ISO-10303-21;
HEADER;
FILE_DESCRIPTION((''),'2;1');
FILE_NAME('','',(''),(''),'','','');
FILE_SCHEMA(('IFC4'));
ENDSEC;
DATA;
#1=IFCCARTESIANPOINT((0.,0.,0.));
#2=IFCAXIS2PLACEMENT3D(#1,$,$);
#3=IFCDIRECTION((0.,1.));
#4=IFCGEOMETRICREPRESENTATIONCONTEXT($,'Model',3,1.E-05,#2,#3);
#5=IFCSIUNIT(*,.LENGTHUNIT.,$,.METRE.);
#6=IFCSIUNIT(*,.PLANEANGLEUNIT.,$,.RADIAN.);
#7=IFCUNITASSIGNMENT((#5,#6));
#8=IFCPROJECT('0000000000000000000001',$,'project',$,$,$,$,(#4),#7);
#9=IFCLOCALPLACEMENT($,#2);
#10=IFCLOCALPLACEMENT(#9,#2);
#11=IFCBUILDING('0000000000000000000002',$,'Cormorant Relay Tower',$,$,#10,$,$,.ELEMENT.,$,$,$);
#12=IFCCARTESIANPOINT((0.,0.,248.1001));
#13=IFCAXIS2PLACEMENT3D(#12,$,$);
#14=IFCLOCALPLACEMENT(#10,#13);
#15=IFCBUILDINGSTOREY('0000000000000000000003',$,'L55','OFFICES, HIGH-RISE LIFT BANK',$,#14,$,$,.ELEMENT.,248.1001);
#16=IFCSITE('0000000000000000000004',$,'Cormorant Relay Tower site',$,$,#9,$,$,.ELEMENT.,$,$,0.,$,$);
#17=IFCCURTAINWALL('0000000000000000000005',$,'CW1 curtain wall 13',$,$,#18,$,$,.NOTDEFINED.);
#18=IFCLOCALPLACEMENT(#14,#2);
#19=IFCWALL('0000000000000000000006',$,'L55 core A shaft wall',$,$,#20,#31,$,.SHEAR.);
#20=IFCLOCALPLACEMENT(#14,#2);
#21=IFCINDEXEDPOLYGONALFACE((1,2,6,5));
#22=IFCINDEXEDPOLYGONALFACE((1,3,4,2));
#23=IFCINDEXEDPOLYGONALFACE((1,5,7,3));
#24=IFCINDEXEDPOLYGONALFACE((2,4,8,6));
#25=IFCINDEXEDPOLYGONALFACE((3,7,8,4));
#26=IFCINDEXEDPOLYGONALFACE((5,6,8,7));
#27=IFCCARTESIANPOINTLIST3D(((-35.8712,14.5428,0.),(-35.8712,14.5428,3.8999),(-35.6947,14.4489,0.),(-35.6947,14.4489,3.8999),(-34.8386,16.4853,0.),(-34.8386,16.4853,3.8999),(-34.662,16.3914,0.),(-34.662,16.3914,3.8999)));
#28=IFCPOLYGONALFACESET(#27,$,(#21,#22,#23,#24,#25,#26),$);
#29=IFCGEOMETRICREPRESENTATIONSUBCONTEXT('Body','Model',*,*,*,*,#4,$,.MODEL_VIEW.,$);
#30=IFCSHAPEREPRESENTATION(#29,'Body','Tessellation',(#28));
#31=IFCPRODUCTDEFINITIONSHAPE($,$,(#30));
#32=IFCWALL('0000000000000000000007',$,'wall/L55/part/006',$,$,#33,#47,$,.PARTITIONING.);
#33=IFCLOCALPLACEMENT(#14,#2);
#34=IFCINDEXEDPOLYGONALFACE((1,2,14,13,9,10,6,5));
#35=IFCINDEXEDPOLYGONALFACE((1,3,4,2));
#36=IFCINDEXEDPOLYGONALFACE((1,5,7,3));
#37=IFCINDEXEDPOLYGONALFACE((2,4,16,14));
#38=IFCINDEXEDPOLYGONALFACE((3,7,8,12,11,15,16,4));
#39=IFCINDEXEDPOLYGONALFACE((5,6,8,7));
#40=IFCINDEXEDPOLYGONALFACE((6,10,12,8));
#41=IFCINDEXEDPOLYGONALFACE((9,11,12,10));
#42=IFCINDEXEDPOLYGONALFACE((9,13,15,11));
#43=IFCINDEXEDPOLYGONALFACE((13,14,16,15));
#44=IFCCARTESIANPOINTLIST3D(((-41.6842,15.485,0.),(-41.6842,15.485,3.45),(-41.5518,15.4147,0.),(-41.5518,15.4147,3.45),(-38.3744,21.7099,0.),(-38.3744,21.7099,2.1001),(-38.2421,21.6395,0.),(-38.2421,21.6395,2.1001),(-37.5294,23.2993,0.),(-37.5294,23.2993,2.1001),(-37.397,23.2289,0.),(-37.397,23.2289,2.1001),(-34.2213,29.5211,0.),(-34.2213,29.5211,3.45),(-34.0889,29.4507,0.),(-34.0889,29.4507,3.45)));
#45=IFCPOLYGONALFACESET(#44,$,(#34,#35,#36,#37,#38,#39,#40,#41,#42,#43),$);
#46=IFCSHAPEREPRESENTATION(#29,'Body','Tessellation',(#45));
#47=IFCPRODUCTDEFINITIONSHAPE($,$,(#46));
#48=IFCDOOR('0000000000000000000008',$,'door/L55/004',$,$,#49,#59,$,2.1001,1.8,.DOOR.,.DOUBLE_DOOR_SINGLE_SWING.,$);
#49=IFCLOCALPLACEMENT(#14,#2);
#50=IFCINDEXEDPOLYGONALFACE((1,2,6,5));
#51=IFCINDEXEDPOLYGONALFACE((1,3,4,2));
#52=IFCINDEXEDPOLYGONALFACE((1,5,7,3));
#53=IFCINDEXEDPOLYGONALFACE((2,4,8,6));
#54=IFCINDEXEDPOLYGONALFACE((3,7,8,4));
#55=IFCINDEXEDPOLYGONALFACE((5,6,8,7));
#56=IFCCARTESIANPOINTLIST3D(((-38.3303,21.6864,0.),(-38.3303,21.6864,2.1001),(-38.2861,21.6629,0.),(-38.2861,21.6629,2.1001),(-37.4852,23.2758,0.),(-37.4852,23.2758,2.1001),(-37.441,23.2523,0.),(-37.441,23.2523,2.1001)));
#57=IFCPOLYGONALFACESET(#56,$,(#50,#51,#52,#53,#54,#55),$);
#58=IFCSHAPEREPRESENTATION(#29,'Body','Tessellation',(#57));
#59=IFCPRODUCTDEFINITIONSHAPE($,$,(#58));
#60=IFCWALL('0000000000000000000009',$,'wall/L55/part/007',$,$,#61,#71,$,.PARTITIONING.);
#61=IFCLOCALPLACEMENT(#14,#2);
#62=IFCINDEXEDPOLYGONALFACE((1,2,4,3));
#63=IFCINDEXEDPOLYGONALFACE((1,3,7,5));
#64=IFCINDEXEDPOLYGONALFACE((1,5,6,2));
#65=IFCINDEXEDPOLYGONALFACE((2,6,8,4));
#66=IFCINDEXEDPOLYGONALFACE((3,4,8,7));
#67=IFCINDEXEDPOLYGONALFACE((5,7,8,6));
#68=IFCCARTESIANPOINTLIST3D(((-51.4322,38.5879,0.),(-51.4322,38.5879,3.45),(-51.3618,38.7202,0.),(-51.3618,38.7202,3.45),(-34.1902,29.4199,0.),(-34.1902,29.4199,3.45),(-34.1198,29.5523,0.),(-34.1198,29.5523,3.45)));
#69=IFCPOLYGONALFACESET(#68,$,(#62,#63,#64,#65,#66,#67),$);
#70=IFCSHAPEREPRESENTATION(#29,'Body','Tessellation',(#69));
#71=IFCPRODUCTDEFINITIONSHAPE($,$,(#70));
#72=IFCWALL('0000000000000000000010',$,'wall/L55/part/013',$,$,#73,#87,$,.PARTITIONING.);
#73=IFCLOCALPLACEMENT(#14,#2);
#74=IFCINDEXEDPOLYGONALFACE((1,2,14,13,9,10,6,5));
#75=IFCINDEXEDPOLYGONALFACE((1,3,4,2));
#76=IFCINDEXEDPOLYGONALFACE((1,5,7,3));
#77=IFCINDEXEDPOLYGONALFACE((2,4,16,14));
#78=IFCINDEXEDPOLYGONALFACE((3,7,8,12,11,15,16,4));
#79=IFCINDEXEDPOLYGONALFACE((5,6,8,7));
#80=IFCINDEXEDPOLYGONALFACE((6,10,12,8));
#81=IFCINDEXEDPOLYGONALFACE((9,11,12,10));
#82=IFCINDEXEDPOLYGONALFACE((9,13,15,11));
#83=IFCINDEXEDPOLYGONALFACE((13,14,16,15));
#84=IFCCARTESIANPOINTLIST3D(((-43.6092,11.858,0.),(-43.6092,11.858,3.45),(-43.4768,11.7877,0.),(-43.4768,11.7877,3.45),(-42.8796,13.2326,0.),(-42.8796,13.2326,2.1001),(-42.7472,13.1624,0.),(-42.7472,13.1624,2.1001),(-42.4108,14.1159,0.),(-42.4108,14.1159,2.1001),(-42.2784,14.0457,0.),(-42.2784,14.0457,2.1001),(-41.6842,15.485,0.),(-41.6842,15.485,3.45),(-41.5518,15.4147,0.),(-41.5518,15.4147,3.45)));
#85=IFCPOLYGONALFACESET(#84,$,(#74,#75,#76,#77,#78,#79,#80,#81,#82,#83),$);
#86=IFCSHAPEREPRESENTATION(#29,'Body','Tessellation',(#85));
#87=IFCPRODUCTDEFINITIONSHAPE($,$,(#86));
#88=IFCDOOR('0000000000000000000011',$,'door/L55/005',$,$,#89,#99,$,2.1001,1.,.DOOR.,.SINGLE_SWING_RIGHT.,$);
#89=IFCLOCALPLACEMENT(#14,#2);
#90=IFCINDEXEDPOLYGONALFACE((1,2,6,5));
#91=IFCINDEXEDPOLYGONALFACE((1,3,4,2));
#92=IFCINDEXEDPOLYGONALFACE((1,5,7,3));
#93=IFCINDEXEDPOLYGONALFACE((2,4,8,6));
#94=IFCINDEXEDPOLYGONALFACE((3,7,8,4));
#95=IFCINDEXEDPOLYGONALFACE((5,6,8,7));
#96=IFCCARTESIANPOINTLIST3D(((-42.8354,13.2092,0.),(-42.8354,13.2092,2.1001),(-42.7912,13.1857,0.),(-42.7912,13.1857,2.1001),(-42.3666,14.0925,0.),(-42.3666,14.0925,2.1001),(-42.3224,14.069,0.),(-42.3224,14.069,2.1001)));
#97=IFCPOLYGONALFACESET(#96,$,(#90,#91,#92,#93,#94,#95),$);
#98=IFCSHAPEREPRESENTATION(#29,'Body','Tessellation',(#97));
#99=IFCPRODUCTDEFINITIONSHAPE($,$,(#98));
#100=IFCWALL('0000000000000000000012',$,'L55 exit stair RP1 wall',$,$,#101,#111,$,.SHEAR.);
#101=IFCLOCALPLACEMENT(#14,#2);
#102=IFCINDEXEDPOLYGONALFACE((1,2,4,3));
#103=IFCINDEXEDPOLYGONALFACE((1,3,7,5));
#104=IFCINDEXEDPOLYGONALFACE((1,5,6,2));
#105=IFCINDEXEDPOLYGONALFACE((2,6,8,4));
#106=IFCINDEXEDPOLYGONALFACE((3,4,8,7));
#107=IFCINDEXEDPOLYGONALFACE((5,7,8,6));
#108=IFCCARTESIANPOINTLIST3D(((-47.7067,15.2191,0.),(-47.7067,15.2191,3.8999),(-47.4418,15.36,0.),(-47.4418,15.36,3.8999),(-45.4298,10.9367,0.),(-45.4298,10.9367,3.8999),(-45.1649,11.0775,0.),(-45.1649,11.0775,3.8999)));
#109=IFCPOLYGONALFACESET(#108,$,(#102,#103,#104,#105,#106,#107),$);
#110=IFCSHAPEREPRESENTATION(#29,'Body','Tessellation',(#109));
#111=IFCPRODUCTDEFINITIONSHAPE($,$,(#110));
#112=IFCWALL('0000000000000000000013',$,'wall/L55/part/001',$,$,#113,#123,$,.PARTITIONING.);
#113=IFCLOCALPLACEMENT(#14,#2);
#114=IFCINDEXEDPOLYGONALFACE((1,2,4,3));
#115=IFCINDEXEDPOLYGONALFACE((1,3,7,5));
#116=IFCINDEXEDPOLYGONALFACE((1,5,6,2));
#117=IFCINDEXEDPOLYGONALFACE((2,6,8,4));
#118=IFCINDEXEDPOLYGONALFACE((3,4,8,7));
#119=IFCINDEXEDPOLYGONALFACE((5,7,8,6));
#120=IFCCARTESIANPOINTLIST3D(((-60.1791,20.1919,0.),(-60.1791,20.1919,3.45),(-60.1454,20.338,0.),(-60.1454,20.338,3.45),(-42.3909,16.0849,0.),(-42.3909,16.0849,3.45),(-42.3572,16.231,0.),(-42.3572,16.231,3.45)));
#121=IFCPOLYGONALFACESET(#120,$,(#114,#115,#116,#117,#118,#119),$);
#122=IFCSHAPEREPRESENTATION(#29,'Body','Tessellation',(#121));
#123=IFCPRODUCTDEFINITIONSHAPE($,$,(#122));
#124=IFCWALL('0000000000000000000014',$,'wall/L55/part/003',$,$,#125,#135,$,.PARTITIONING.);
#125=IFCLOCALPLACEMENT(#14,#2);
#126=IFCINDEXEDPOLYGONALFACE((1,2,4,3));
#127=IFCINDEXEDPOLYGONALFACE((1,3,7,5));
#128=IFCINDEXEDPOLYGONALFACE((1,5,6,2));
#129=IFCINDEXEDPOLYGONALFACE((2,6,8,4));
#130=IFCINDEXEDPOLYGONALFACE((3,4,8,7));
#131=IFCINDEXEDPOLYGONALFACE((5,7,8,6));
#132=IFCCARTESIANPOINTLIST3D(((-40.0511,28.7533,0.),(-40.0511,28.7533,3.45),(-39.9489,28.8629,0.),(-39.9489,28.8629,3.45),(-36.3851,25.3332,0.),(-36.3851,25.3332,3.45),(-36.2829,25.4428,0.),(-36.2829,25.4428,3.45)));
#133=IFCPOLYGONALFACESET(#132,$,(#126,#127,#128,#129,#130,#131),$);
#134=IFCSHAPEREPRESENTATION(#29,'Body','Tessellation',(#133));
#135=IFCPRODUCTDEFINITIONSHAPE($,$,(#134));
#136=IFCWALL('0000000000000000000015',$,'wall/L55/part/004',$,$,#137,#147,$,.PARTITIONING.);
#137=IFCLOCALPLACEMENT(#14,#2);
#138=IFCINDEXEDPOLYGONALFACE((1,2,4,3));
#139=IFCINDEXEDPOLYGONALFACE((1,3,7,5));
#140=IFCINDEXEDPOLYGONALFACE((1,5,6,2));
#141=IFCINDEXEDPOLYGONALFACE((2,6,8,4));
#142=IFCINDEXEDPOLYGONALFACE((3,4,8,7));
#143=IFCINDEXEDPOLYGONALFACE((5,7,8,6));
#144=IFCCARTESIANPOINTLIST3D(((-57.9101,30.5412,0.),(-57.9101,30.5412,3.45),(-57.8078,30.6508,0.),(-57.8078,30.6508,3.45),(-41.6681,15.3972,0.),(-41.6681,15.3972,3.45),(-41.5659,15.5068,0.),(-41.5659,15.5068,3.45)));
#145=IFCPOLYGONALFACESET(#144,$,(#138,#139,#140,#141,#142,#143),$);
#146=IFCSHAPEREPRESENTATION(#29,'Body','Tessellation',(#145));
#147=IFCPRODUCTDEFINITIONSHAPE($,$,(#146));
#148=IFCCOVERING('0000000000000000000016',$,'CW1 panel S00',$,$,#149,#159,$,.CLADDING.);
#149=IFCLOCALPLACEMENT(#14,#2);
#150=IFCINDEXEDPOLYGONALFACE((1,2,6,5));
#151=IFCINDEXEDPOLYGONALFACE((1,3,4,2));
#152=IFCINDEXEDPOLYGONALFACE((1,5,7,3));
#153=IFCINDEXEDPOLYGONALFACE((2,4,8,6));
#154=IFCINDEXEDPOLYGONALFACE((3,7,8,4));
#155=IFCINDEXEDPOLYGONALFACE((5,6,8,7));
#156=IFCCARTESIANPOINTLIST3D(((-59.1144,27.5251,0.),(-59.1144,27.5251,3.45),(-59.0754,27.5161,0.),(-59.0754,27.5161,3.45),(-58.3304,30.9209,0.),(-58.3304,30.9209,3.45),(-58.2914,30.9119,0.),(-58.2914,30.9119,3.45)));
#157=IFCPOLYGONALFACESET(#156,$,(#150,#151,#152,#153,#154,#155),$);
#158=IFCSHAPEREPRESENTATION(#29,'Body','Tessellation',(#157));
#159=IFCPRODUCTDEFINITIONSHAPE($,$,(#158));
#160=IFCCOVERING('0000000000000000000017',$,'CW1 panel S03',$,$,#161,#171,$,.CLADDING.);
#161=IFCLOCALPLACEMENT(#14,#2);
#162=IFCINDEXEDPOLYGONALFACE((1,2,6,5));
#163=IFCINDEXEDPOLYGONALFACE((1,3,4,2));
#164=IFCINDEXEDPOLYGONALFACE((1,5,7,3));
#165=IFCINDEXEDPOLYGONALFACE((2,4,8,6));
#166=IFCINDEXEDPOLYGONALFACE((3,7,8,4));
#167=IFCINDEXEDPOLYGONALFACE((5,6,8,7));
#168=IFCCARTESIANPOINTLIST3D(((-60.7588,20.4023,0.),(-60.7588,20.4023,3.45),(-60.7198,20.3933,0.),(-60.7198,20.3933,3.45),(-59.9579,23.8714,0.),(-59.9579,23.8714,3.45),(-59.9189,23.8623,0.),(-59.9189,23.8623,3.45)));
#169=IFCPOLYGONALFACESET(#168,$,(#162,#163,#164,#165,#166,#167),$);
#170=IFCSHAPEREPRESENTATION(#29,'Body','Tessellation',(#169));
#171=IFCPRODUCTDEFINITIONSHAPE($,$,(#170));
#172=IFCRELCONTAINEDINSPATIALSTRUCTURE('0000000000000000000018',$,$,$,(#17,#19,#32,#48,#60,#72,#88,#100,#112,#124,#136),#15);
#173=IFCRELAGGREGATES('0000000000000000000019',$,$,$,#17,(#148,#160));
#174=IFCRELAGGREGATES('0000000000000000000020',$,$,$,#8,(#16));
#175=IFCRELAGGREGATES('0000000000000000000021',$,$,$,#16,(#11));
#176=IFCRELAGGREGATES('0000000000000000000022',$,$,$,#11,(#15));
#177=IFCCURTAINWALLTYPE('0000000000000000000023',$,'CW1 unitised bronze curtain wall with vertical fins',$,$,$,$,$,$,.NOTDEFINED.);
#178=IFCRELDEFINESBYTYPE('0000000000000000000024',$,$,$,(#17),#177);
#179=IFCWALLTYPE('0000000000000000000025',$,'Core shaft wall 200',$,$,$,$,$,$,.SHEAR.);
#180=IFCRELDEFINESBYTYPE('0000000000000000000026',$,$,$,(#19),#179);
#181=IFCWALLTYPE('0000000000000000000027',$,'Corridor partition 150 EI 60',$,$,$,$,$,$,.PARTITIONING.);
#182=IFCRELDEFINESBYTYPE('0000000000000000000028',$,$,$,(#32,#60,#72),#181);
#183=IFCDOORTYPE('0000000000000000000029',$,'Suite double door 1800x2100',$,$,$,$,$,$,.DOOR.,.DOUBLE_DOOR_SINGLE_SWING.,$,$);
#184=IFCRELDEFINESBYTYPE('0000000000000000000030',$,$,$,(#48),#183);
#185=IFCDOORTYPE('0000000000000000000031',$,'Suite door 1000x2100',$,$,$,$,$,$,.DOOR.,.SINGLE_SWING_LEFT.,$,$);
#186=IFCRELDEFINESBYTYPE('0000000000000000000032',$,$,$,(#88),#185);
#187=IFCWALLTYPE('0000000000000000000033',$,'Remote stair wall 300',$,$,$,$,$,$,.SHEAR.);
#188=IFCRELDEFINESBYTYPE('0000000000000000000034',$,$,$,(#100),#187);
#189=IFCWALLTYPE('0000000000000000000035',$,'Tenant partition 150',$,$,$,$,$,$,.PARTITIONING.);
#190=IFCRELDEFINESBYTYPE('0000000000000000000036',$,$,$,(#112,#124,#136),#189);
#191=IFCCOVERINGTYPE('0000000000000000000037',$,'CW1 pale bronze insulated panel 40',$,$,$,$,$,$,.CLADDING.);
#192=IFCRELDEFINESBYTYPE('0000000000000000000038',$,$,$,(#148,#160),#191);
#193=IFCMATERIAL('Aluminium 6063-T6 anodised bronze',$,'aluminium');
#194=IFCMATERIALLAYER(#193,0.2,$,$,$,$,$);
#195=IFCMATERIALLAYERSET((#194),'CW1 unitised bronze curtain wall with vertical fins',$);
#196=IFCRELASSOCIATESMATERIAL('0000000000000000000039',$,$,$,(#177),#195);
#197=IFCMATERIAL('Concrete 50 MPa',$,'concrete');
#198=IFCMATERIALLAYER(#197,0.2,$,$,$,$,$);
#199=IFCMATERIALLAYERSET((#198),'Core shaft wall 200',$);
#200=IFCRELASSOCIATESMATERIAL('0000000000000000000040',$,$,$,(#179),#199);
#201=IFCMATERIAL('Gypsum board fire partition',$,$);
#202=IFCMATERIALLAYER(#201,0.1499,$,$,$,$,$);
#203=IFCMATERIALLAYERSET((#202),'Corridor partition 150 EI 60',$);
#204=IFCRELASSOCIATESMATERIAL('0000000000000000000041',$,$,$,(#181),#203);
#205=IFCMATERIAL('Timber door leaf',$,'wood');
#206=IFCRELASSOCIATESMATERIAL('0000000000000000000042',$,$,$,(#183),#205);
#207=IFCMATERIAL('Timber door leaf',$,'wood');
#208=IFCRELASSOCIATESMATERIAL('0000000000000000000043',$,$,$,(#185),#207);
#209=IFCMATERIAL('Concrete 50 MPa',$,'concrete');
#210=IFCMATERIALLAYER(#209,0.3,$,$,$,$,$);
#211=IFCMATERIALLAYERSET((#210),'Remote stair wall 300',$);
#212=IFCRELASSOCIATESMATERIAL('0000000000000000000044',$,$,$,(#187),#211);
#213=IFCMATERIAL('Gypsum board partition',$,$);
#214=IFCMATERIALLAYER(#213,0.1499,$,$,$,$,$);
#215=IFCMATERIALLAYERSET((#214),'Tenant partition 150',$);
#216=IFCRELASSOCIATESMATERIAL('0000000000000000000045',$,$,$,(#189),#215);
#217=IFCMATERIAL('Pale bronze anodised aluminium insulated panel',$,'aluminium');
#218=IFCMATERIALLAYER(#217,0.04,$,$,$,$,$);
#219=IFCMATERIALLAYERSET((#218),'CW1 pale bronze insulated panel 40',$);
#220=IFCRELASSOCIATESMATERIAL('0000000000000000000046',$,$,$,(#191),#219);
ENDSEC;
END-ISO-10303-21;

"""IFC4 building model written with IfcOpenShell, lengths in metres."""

from ifc_helpers import new_model, si_unit, direction, frame, frame_2d, origin, origin_2d, place, context, subcontext, project, spatial, rectangle, extrude, material, layer, layer_set, type_object, element, fill, aggregate, save


model = new_model("IFC4")

# Units and contexts
model_context = context("Model", 3, precision=1e-05, world=origin(), true_north=direction((0.0, 1.0)))
body_context = subcontext(model_context, "Body", "Model", "MODEL_VIEW")
ifc_project = project(units=[si_unit("LENGTHUNIT", "METRE"), si_unit("PLANEANGLEUNIT", "RADIAN")], contexts=[model_context])

# Site, building, storey
site_placement = place(None, origin())
site = spatial("IfcSite", under=ifc_project, at=site_placement, Name="Cormorant Relay Tower site", CompositionType="ELEMENT", RefElevation=0.0)
building_placement = place(site_placement, origin())
building = spatial("IfcBuilding", under=site, at=building_placement, Name="Cormorant Relay Tower", CompositionType="ELEMENT")
storey_placement = place(building_placement, frame((0.0, 0.0, 248.1001)))
storey = spatial("IfcBuildingStorey", under=building, at=storey_placement, Name="L55", Description="OFFICES, HIGH-RISE LIFT BANK", CompositionType="ELEMENT", Elevation=248.1001)

# Curtain wall
ifc_material_1 = material(Name="Aluminium 6063-T6 anodised bronze", Category="aluminium")
ifc_layer_1 = layer(ifc_material_1, 0.2)
ifc_layer_set_1 = layer_set([ifc_layer_1], Name="CW1 unitised bronze curtain wall with vertical fins")
curtain_wall_type = type_object("IfcCurtainWallType", Name="CW1 unitised bronze curtain wall with vertical fins", PredefinedType="NOTDEFINED", material=ifc_layer_set_1)
curtain_wall_1_placement = place(storey_placement, origin())
curtain_wall_1 = element("IfcCurtainWall", 1, at=curtain_wall_1_placement, inside=storey, type_object=curtain_wall_type, Name="CW1 curtain wall 13", PredefinedType="NOTDEFINED")

# Wall
ifc_material_2 = material(Name="Concrete 50 MPa", Category="concrete")
ifc_layer_2 = layer(ifc_material_2, 0.2)
ifc_layer_set_2 = layer_set([ifc_layer_2], Name="Core shaft wall 200")
wall_type_1 = type_object("IfcWallType", Name="Core shaft wall 200", PredefinedType="SHEAR", material=ifc_layer_set_2)
wall_1_placement = place(storey_placement, frame((-34.7502, 16.4385, 0.0), z_axis=(0.0, 0.0, 1.0), x_axis=(-0.469401, -0.882985, 0.0)))
element("IfcWall", 2, at=wall_1_placement, inside=storey, type_object=wall_type_1, Name="L55 core A shaft wall", PredefinedType="SHEAR", context=body_context, shape_type="SweptSolid", body=[
    extrude(rectangle(XDim=2.2, YDim=0.2, at=frame_2d((1.1001, 0.0))), origin(), (0.0, 0.0, 1.0), 3.8999),
])

# Wall, opening, door
ifc_material_3 = material(Name="Gypsum board fire partition")
ifc_layer_3 = layer(ifc_material_3, 0.1499)
ifc_layer_set_3 = layer_set([ifc_layer_3], Name="Corridor partition 150 EI 60")
wall_type_2 = type_object("IfcWallType", Name="Corridor partition 150 EI 60", PredefinedType="PARTITIONING", material=ifc_layer_set_3)
wall_2_placement = place(storey_placement, frame((-41.6179, 15.45, 0.0), z_axis=(0.0, 0.0, 1.0), x_axis=(0.469459, 0.882954, 0.0)))
wall_2 = element("IfcWall", 3, at=wall_2_placement, inside=storey, type_object=wall_type_2, Name="wall/L55/part/006", PredefinedType="PARTITIONING", context=body_context, shape_type="SweptSolid", body=[
    extrude(rectangle(XDim=15.8967, YDim=0.1499, at=frame_2d((7.9482, 0.0))), origin(), (0.0, 0.0, 1.0), 3.45),
])
opening_1_placement = place(wall_2_placement, frame((7.05, 0.0, 0.0)))
opening_1 = element("IfcOpeningElement", 4, at=opening_1_placement, cuts=wall_2, PredefinedType="OPENING", context=body_context, shape_type="SweptSolid", body=[
    extrude(rectangle(XDim=1.8, YDim=2.1001, at=frame_2d((0.8999, 1.05))), frame((0.0, 0.085, 0.0), z_axis=(0.0, -1.0, 0.0), x_axis=(1.0, 0.0, 0.0)), (0.0, 0.0, 1.0), 0.1699),
])
ifc_material_4 = material(Name="Timber door leaf", Category="wood")
door_type_1 = type_object("IfcDoorType", Name="Suite double door 1800x2100", OperationType="DOUBLE_DOOR_SINGLE_SWING", PredefinedType="DOOR", material=ifc_material_4)
door_1_placement = place(opening_1_placement, origin())
door_1 = element("IfcDoor", 5, at=door_1_placement, inside=storey, type_object=door_type_1, Name="door/L55/004", OperationType="DOUBLE_DOOR_SINGLE_SWING", OverallHeight=2.1001, OverallWidth=1.8, PredefinedType="DOOR", context=body_context, shape_type="SweptSolid", body=[
    extrude(rectangle(XDim=1.8, YDim=2.1001, at=frame_2d((0.8999, 1.05))), frame((0.0, 0.0249, 0.0), z_axis=(0.0, -1.0, 0.0), x_axis=(1.0, 0.0, 0.0)), (0.0, 0.0, 1.0), 0.05),
])
fill(opening_1, door_1)

# Wall
wall_3_placement = place(storey_placement, frame((-34.155, 29.4861, 0.0), z_axis=(0.0, 0.0, 1.0), x_axis=(-0.882942, 0.469482, 0.0)))
element("IfcWall", 6, at=wall_3_placement, inside=storey, type_object=wall_type_2, Name="wall/L55/part/007", PredefinedType="PARTITIONING", context=body_context, shape_type="SweptSolid", body=[
    extrude(rectangle(XDim=19.5278, YDim=0.1499, at=frame_2d((9.7639, 0.0))), origin(), (0.0, 0.0, 1.0), 3.45),
])

# Wall, opening, door
wall_4_placement = place(storey_placement, frame((-41.6179, 15.45, 0.0), z_axis=(0.0, 0.0, 1.0), x_axis=(-0.468819, -0.883294, 0.0)))
wall_4 = element("IfcWall", 7, at=wall_4_placement, inside=storey, type_object=wall_type_2, Name="wall/L55/part/013", PredefinedType="PARTITIONING", context=body_context, shape_type="SweptSolid", body=[
    extrude(rectangle(XDim=4.1062, YDim=0.1499, at=frame_2d((2.0532, 0.0))), origin(), (0.0, 0.0, 1.0), 3.45),
])
opening_2_placement = place(wall_4_placement, frame((1.55, 0.0, 0.0)))
opening_2 = element("IfcOpeningElement", 8, at=opening_2_placement, cuts=wall_4, PredefinedType="OPENING", context=body_context, shape_type="SweptSolid", body=[
    extrude(rectangle(XDim=1.0, YDim=2.1001, at=frame_2d((0.5, 1.05))), frame((0.0, 0.085, 0.0), z_axis=(0.0, -1.0, 0.0), x_axis=(1.0, 0.0, 0.0)), (0.0, 0.0, 1.0), 0.1699),
])
ifc_material_5 = material(Name="Timber door leaf", Category="wood")
door_type_2 = type_object("IfcDoorType", Name="Suite door 1000x2100", OperationType="SINGLE_SWING_LEFT", PredefinedType="DOOR", material=ifc_material_5)
door_2_placement = place(opening_2_placement, frame((1.0, 0.0, 0.0), z_axis=(0.0, 0.0, 1.0), x_axis=(-1.0, 0.0, 0.0)))
door_2 = element("IfcDoor", 9, at=door_2_placement, inside=storey, type_object=door_type_2, Name="door/L55/005", OperationType="SINGLE_SWING_RIGHT", OverallHeight=2.1001, OverallWidth=1.0, PredefinedType="DOOR", context=body_context, shape_type="SweptSolid", body=[
    extrude(rectangle(XDim=1.0, YDim=2.1001, at=frame_2d((0.5, 1.05))), frame((0.0, 0.0249, 0.0), z_axis=(0.0, -1.0, 0.0), x_axis=(1.0, 0.0, 0.0)), (0.0, 0.0, 1.0), 0.05),
])
fill(opening_2, door_2)

# Walls
ifc_material_6 = material(Name="Concrete 50 MPa", Category="concrete")
ifc_layer_4 = layer(ifc_material_6, 0.3)
ifc_layer_set_4 = layer_set([ifc_layer_4], Name="Remote stair wall 300")
wall_type_3 = type_object("IfcWallType", Name="Remote stair wall 300", PredefinedType="SHEAR", material=ifc_layer_set_4)
wall_5_placement = place(storey_placement, frame((-47.5742, 15.2896, 0.0), z_axis=(0.0, 0.0, 1.0), x_axis=(0.469443, -0.882963, 0.0)))
element("IfcWall", 10, at=wall_5_placement, inside=storey, type_object=wall_type_3, Name="L55 exit stair RP1 wall", PredefinedType="SHEAR", context=body_context, shape_type="SweptSolid", body=[
    extrude(rectangle(XDim=4.8501, YDim=0.3, at=frame_2d((2.425, 0.0))), origin(), (0.0, 0.0, 1.0), 3.8999),
])
ifc_material_7 = material(Name="Gypsum board partition")
ifc_layer_5 = layer(ifc_material_7, 0.1499)
ifc_layer_set_5 = layer_set([ifc_layer_5], Name="Tenant partition 150")
wall_type_4 = type_object("IfcWallType", Name="Tenant partition 150", PredefinedType="PARTITIONING", material=ifc_layer_set_5)
wall_6_placement = place(storey_placement, frame((-60.1621, 20.2649, 0.0), z_axis=(0.0, 0.0, 1.0), x_axis=(0.974367, -0.224963, 0.0)))
element("IfcWall", 11, at=wall_6_placement, inside=storey, type_object=wall_type_4, Name="wall/L55/part/001", PredefinedType="PARTITIONING", context=body_context, shape_type="SweptSolid", body=[
    extrude(rectangle(XDim=18.2561, YDim=0.1499, at=frame_2d((9.1279, 0.0))), origin(), (0.0, 0.0, 1.0), 3.45),
])
wall_7_placement = place(storey_placement, frame((-40.0, 28.8081, 0.0), z_axis=(0.0, 0.0, 1.0), x_axis=(0.731199, -0.682164, 0.0)))
element("IfcWall", 12, at=wall_7_placement, inside=storey, type_object=wall_type_4, Name="wall/L55/part/003", PredefinedType="PARTITIONING", context=body_context, shape_type="SweptSolid", body=[
    extrude(rectangle(XDim=5.0137, YDim=0.1499, at=frame_2d((2.5068, 0.0))), origin(), (0.0, 0.0, 1.0), 3.45),
])
wall_8_placement = place(storey_placement, frame((-41.6169, 15.4519, 0.0), z_axis=(0.0, 0.0, 1.0), x_axis=(-0.731394, 0.681955, 0.0)))
element("IfcWall", 13, at=wall_8_placement, inside=storey, type_object=wall_type_4, Name="wall/L55/part/004", PredefinedType="PARTITIONING", context=body_context, shape_type="SweptSolid", body=[
    extrude(rectangle(XDim=22.2068, YDim=0.1499, at=frame_2d((11.1035, 0.0))), origin(), (0.0, 0.0, 1.0), 3.45),
])

# Coverings
ifc_material_8 = material(Name="Pale bronze anodised aluminium insulated panel", Category="aluminium")
ifc_layer_6 = layer(ifc_material_8, 0.04)
ifc_layer_set_6 = layer_set([ifc_layer_6], Name="CW1 pale bronze insulated panel 40")
covering_type = type_object("IfcCoveringType", Name="CW1 pale bronze insulated panel 40", PredefinedType="CLADDING", material=ifc_layer_set_6)
covering_1_placement = place(storey_placement, frame((-58.7029, 29.2185, 0.0), z_axis=(0.0, 0.0, 1.0), x_axis=(-0.224951, -0.97437, 0.0)))
covering_1 = element("IfcCovering", 14, at=covering_1_placement, type_object=covering_type, Name="CW1 panel S00", PredefinedType="CLADDING", context=body_context, shape_type="SweptSolid", body=[
    extrude(rectangle(XDim=3.4851, YDim=0.04, at=origin_2d()), origin(), (0.0, 0.0, 1.0), 3.45),
])
covering_2_placement = place(storey_placement, frame((-60.3389, 22.1323, 0.0), z_axis=(0.0, 0.0, 1.0), x_axis=(-0.224951, -0.97437, 0.0)))
covering_2 = element("IfcCovering", 15, at=covering_2_placement, type_object=covering_type, Name="CW1 panel S03", PredefinedType="CLADDING", context=body_context, shape_type="SweptSolid", body=[
    extrude(rectangle(XDim=3.5603, YDim=0.04, at=origin_2d()), origin(), (0.0, 0.0, 1.0), 3.45),
])
aggregate(curtain_wall_1, [covering_1, covering_2])

save(model, "model.ifc")
